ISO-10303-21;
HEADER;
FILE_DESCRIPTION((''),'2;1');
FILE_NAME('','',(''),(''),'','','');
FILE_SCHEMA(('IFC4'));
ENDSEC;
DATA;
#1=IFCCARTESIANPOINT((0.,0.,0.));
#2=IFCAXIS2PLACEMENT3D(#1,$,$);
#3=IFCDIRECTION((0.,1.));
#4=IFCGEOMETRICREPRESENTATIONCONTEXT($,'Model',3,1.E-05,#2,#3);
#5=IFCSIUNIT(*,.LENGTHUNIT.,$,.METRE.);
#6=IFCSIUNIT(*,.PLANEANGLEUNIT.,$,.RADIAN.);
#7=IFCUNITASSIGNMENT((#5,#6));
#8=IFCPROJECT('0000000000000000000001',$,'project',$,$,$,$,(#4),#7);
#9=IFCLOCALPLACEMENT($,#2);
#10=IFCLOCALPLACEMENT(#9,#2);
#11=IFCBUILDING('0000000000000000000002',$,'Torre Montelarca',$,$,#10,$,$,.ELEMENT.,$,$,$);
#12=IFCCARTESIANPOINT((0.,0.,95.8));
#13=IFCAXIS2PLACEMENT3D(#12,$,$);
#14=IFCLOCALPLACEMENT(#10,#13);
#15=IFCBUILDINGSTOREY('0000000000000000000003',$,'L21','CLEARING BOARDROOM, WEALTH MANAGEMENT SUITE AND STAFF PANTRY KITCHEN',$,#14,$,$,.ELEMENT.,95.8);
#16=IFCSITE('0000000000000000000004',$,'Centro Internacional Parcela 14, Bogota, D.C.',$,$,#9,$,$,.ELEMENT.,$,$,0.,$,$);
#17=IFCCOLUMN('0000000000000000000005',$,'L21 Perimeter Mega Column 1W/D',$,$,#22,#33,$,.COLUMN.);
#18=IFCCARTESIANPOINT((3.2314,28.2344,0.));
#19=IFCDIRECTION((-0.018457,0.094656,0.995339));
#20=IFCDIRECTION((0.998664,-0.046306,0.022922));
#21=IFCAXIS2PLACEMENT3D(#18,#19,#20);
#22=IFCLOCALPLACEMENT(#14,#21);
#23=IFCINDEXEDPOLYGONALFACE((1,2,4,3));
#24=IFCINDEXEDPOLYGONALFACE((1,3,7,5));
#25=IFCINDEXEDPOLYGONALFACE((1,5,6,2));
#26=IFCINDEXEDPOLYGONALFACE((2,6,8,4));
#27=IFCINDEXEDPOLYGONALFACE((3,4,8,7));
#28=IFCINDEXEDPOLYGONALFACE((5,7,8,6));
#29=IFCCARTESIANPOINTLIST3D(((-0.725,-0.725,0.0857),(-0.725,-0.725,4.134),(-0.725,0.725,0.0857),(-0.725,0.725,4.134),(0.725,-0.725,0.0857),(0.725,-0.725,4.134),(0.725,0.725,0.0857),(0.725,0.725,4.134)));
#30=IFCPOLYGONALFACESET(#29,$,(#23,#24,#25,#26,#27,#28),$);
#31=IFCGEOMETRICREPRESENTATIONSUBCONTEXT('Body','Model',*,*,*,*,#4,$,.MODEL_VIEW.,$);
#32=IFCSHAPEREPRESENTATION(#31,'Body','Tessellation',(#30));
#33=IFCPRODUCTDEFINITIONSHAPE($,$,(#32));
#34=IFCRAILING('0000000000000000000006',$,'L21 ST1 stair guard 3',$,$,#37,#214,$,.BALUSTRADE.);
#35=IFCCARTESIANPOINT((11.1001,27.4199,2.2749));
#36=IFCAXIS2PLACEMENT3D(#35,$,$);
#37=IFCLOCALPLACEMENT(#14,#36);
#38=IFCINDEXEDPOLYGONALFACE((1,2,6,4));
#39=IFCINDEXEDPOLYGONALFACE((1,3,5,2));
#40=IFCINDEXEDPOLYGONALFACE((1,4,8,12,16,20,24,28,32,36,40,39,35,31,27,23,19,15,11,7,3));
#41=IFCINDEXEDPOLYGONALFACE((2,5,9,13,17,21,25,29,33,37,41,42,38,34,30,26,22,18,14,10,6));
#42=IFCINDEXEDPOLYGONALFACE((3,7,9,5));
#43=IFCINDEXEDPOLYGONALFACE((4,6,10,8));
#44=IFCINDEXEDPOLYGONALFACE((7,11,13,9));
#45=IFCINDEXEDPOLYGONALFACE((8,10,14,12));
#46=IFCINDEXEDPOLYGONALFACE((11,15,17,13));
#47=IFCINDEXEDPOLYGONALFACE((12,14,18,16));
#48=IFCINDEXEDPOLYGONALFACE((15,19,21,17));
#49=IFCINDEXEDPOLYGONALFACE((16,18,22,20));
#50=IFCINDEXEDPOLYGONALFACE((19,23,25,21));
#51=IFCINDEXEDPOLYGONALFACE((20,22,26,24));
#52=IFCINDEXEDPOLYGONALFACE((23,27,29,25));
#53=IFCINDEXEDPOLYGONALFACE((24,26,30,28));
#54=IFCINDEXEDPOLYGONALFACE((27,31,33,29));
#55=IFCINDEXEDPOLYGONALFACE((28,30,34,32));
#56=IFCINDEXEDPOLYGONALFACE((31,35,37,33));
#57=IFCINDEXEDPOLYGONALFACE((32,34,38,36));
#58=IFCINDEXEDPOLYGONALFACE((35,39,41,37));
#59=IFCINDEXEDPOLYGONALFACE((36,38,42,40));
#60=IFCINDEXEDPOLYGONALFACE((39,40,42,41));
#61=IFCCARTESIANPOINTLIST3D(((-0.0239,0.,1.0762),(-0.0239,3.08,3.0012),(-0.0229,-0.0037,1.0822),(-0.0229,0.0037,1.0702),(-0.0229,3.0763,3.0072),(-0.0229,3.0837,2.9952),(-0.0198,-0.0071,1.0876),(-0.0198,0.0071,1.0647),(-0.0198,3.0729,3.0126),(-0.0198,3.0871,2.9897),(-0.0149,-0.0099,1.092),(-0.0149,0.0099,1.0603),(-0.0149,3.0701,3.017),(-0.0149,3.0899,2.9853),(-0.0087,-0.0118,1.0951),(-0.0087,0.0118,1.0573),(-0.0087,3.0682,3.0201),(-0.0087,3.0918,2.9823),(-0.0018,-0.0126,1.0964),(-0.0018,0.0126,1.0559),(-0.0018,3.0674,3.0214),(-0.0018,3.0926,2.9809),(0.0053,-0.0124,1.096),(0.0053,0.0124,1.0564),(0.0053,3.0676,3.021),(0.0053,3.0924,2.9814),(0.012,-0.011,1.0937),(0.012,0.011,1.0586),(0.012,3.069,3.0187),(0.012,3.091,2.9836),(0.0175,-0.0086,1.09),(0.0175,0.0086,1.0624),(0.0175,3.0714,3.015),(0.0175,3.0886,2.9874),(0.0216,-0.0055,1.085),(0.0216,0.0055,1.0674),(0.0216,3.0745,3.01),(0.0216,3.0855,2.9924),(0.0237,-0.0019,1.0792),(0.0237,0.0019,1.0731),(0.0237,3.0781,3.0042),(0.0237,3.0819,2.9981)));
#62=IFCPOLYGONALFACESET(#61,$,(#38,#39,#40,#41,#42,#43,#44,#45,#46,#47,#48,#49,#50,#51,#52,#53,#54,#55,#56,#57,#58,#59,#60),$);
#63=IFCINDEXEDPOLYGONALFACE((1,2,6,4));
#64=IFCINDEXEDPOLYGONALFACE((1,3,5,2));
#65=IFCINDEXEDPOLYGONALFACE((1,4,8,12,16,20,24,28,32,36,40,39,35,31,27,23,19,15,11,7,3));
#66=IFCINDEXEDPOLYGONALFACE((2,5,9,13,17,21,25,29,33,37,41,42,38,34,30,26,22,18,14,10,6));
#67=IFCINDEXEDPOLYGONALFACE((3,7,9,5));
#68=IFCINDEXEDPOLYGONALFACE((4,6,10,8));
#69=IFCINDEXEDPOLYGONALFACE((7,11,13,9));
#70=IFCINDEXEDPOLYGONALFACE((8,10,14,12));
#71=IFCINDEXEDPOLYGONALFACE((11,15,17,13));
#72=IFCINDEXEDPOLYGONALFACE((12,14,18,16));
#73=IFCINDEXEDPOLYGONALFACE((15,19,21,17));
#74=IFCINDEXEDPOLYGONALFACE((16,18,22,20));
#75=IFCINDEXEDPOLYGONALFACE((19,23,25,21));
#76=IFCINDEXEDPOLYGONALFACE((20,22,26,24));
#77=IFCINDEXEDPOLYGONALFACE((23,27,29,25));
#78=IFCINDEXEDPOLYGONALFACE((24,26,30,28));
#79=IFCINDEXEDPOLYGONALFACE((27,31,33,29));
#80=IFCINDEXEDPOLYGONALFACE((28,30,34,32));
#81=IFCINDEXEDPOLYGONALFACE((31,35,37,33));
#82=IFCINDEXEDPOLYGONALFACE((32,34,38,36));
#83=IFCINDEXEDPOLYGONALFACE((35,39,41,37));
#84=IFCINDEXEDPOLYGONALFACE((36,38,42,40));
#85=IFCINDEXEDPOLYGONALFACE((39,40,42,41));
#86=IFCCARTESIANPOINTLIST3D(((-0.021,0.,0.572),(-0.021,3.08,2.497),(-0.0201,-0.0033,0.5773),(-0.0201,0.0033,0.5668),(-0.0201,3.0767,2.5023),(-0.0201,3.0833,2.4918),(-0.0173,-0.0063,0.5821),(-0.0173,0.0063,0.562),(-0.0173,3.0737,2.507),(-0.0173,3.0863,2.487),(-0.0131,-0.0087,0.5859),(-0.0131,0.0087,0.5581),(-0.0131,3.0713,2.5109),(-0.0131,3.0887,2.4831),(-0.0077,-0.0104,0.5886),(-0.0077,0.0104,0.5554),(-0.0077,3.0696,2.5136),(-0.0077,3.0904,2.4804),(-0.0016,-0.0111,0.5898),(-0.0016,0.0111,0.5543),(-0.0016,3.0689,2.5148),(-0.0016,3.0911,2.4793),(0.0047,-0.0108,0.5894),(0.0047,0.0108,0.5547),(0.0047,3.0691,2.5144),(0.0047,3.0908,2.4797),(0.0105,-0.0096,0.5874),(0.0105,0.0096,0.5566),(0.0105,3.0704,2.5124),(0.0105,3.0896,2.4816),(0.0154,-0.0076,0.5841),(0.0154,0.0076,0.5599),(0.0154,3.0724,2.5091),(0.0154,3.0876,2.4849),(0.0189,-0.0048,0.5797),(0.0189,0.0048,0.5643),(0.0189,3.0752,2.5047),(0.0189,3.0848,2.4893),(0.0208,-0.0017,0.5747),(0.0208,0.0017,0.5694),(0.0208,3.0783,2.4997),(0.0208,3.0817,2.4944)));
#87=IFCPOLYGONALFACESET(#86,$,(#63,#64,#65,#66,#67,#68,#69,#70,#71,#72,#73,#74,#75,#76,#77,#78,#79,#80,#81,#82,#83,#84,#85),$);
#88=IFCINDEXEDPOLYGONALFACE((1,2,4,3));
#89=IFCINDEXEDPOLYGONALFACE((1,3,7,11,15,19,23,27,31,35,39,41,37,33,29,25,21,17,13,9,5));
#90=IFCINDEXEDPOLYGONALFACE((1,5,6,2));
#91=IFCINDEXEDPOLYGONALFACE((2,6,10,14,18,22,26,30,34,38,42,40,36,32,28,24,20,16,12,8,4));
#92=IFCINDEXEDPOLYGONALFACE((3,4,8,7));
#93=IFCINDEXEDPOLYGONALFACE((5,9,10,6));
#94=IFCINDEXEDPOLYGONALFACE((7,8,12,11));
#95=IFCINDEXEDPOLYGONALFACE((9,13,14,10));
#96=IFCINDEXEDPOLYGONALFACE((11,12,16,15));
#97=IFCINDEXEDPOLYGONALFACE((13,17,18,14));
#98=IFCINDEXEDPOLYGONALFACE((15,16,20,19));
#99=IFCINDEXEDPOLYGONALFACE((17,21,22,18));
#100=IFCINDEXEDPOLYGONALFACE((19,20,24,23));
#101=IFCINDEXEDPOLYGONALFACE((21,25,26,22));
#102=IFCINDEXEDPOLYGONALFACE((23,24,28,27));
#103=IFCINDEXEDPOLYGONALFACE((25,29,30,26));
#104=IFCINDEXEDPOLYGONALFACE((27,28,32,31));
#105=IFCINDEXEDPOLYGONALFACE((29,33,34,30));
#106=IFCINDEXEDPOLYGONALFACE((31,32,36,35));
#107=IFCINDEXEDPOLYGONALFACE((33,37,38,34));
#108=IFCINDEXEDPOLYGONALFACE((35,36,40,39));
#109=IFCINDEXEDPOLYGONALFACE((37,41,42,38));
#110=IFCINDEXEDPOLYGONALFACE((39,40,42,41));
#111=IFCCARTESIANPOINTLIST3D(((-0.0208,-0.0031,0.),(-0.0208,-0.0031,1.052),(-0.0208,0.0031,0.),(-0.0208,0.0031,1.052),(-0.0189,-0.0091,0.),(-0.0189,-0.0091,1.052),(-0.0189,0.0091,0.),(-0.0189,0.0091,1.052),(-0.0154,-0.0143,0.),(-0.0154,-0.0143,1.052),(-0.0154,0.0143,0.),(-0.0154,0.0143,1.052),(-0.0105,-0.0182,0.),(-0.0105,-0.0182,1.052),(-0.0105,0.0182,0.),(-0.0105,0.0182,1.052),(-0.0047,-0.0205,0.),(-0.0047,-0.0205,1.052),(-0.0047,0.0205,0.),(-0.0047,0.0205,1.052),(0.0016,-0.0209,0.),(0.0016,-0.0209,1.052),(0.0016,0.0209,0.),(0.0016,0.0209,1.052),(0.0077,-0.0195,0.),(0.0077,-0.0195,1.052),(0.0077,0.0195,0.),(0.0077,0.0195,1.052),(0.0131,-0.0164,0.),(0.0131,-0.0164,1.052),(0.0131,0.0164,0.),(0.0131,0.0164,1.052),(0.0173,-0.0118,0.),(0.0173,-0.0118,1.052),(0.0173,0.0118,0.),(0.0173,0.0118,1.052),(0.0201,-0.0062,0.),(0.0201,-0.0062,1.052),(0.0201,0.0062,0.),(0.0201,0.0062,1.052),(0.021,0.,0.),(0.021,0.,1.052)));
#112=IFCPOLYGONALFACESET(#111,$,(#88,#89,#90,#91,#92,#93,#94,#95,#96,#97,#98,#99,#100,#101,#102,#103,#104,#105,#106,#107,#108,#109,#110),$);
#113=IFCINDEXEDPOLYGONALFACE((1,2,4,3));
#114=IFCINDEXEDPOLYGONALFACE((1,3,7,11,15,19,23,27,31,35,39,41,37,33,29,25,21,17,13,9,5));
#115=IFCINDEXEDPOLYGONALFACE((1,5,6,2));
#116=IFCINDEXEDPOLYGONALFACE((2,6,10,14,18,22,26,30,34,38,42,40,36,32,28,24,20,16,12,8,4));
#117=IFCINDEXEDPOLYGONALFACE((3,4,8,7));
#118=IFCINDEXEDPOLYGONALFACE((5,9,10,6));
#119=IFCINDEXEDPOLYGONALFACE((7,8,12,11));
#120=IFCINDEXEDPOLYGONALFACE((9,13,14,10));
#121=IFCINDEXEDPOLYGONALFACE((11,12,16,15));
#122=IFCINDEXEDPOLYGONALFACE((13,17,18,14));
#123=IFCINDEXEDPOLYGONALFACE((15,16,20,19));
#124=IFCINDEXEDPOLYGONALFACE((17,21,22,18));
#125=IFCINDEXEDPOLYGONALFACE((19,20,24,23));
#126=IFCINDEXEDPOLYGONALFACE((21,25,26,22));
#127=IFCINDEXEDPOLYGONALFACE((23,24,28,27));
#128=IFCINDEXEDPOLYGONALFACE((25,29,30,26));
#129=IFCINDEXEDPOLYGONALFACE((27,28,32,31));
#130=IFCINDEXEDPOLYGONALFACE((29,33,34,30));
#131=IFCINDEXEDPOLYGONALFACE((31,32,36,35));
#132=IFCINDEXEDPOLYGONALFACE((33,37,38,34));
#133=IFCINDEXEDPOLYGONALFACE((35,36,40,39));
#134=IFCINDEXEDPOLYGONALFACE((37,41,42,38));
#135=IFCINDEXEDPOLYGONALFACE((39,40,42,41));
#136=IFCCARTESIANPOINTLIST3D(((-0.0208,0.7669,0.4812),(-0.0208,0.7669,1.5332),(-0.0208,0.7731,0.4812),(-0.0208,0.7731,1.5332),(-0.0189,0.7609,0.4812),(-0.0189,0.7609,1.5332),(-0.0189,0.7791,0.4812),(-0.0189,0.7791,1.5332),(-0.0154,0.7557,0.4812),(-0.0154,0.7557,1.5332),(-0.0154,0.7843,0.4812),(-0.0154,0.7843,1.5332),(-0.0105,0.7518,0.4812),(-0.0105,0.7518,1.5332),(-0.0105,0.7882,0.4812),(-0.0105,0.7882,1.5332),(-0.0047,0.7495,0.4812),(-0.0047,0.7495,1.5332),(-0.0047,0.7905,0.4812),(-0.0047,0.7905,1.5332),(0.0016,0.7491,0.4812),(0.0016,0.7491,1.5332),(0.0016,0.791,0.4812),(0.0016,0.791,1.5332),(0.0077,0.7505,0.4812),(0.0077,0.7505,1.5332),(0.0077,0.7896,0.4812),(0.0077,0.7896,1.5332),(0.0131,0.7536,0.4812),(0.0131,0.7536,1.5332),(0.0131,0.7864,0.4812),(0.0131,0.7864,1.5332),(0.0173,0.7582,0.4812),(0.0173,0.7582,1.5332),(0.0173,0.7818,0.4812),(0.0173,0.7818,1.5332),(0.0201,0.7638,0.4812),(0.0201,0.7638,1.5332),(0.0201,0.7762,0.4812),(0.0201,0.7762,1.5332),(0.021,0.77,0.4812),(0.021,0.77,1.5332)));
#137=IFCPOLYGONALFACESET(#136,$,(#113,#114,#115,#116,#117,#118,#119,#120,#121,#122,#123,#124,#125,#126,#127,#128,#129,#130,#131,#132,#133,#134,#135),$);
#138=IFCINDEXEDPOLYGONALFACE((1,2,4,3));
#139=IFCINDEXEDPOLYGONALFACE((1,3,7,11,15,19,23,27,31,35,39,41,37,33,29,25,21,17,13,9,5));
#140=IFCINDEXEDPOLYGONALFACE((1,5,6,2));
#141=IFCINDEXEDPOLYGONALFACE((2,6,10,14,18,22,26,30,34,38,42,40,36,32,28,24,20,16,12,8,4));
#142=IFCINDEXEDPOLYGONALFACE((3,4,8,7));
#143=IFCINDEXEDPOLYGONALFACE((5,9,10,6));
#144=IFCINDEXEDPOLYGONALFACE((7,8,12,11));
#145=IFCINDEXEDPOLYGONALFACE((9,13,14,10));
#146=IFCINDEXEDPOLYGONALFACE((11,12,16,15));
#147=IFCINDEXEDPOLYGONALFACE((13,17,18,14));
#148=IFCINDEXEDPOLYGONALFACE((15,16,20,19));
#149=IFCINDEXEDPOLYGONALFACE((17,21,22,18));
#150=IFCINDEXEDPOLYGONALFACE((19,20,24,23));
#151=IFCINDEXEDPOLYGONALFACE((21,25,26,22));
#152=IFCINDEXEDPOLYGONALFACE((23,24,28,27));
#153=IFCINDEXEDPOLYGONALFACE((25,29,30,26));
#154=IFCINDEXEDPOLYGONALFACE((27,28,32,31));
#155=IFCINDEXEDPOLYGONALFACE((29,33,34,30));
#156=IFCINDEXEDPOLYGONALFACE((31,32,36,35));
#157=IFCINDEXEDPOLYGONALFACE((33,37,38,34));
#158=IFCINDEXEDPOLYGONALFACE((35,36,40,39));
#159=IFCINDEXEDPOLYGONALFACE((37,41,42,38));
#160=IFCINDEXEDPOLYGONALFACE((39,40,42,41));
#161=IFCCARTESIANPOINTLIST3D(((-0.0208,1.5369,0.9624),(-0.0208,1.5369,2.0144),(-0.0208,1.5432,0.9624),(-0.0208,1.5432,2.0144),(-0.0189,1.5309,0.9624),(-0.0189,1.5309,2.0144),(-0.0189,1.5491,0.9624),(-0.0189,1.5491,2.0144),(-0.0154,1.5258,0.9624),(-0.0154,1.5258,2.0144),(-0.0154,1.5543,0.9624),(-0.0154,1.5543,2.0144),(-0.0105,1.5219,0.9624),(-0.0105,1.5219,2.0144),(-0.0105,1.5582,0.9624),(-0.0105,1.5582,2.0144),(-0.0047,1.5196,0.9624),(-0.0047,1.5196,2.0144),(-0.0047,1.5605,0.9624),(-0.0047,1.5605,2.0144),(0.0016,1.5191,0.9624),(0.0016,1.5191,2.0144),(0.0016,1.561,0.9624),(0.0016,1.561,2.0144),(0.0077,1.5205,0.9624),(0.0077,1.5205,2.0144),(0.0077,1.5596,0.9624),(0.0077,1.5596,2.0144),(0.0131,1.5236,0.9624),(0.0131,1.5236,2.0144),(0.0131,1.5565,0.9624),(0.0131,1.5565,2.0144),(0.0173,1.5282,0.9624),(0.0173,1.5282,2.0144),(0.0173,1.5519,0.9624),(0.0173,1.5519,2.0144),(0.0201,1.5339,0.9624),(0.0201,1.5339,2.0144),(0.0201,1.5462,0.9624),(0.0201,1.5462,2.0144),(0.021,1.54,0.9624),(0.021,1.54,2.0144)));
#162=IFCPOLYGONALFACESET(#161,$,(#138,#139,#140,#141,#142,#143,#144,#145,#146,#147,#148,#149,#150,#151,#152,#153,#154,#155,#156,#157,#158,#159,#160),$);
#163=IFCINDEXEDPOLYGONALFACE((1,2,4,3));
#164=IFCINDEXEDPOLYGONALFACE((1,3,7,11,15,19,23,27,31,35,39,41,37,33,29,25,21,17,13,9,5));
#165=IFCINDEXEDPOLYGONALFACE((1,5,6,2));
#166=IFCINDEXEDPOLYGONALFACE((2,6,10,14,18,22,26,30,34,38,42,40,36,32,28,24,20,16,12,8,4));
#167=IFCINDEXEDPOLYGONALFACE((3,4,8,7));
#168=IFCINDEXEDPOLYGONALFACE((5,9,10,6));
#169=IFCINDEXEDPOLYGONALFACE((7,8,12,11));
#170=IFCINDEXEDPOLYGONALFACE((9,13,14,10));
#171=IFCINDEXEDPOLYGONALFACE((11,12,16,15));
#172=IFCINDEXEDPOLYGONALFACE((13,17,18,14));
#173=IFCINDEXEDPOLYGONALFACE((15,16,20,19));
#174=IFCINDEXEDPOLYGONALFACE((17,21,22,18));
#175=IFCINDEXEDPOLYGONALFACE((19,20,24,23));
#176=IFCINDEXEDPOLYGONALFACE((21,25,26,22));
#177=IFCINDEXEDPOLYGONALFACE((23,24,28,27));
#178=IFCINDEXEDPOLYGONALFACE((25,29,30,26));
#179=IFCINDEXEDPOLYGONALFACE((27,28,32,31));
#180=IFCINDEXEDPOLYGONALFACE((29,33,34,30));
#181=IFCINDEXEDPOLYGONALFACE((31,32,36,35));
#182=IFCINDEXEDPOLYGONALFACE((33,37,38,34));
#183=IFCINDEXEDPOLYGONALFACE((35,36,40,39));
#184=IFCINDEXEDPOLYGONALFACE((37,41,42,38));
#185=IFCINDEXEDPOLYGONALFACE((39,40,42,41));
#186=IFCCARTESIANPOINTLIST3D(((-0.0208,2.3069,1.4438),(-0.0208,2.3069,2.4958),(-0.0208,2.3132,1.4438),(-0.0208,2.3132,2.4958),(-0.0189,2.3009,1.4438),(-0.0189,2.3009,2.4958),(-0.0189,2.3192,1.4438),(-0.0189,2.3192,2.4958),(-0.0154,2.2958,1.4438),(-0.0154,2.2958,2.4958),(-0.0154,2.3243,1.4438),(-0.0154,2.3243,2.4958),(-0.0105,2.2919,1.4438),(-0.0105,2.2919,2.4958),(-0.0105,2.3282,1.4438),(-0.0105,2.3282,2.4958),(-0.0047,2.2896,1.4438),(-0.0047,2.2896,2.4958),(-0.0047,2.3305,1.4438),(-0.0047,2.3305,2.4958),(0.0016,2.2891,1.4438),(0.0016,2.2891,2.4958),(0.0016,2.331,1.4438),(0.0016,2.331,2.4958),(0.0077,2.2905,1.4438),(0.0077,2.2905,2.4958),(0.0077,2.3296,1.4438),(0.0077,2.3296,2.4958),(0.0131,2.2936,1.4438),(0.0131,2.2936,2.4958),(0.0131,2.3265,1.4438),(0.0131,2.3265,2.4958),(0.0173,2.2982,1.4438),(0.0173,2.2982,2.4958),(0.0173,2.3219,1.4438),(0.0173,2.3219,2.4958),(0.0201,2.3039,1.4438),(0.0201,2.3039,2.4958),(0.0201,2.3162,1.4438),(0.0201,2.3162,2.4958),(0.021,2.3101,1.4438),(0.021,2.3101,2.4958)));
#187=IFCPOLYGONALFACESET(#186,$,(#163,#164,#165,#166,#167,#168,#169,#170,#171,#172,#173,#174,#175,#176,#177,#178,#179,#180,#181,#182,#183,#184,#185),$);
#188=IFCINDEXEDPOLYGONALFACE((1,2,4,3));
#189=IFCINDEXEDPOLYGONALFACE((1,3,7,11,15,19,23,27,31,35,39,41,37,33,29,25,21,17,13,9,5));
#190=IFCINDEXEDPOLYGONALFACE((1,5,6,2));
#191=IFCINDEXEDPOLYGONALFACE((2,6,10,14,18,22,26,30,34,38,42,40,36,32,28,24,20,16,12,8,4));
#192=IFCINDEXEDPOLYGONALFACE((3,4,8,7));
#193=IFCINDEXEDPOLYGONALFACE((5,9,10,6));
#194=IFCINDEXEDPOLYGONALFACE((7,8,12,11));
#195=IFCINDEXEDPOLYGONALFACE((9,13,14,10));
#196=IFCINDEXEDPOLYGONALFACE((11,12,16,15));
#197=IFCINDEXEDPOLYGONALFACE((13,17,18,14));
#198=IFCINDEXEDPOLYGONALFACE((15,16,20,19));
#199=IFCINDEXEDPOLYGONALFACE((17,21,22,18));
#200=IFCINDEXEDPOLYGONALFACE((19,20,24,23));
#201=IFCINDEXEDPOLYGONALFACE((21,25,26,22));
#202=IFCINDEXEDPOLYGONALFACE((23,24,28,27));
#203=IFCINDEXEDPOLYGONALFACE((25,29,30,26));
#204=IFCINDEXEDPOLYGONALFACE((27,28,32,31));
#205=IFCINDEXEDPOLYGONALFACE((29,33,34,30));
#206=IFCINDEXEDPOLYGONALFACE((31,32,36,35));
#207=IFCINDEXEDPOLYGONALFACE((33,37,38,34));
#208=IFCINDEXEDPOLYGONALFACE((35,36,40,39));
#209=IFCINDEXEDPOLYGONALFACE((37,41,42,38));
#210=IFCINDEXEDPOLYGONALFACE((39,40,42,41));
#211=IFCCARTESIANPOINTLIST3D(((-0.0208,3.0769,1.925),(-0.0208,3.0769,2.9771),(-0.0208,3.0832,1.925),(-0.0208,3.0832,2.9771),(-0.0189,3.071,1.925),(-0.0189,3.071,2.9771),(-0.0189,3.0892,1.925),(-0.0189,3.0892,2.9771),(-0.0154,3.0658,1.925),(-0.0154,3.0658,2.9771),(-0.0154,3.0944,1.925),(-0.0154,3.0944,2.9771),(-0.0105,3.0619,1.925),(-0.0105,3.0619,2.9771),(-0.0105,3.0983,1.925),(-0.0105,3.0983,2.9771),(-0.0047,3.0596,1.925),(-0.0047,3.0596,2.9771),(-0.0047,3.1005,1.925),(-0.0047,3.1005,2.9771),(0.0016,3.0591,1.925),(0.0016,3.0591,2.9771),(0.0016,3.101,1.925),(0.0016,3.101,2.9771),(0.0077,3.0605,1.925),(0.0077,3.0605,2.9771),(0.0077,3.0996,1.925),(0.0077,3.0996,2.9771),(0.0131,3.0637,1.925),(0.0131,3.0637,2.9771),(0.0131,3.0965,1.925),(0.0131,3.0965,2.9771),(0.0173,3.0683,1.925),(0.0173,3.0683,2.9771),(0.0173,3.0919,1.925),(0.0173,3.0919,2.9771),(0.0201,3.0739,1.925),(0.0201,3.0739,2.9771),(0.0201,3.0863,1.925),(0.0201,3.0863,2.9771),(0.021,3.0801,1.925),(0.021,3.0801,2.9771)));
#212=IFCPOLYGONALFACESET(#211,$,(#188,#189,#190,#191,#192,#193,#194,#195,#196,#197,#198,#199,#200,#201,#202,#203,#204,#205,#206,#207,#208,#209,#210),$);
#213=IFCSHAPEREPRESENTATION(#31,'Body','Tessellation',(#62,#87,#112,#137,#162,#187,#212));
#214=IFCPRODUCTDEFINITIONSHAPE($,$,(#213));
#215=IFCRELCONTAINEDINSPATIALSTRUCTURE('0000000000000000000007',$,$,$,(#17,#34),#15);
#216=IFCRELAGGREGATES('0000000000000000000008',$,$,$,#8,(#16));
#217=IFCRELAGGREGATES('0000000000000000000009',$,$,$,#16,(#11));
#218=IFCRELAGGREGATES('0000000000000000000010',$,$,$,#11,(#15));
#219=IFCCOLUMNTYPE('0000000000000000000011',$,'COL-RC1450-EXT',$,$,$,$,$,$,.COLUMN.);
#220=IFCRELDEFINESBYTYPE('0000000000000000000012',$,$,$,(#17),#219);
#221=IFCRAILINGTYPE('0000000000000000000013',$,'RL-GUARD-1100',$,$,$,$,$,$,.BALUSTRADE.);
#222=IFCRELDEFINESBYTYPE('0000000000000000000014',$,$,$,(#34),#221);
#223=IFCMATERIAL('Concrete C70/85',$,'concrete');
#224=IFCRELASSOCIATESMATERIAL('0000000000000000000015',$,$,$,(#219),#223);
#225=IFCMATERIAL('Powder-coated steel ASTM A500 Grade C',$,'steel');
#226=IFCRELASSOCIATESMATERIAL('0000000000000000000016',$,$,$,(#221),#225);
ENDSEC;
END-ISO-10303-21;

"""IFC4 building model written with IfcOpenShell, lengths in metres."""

from ifc_helpers import new_model, si_unit, direction, frame, origin, origin_2d, place, context, subcontext, project, spatial, rectangle, circle, extrude, clip, halfspace, material, material_profile, profile_set, type_object, element, save


model = new_model("IFC4")

# Units and contexts
model_context = context("Model", 3, precision=1e-05, world=origin(), true_north=direction((0.0, 1.0)))
body_context = subcontext(model_context, "Body", "Model", "MODEL_VIEW")
ifc_project = project(units=[si_unit("LENGTHUNIT", "METRE"), si_unit("PLANEANGLEUNIT", "RADIAN")], contexts=[model_context])

# Site, building, storey
site_placement = place(None, origin())
site = spatial("IfcSite", under=ifc_project, at=site_placement, Name="Centro Internacional Parcela 14, Bogota, D.C.", CompositionType="ELEMENT", RefElevation=0.0)
building_placement = place(site_placement, origin())
building = spatial("IfcBuilding", under=site, at=building_placement, Name="Torre Montelarca", CompositionType="ELEMENT")
storey_placement = place(building_placement, frame((0.0, 0.0, 95.8)))
storey = spatial("IfcBuildingStorey", under=building, at=storey_placement, Name="L21", Description="CLEARING BOARDROOM, WEALTH MANAGEMENT SUITE AND STAFF PANTRY KITCHEN", CompositionType="ELEMENT", Elevation=95.8)

# Column
ifc_material_1 = material(Name="Concrete C70/85", Category="concrete")
ifc_material_profile_1 = material_profile(ifc_material_1, rectangle(XDim=1.45, YDim=1.45, at=origin_2d()), Name="RC1450X1450", Category="concrete")
ifc_profile_set_1 = profile_set([ifc_material_profile_1], Name="Concrete C70/85")
column_type_1 = type_object("IfcColumnType", Name="COL-RC1450-EXT", PredefinedType="COLUMN", material=ifc_profile_set_1)
column_1_placement = place(storey_placement, frame((3.2314, 28.2344, 0.0), z_axis=(-0.018457, 0.094656, 0.995339), x_axis=(0.998664, -0.046306, 0.022922)))
element("IfcColumn", 1, at=column_1_placement, inside=storey, type_object=column_type_1, Name="L21 Perimeter Mega Column 1W/D", PredefinedType="COLUMN", context=body_context, shape_type="Clipping", body=[
    clip(clip(extrude(rectangle(XDim=1.45, YDim=1.45, at=origin_2d()), origin(), (0.0, 0.0, 1.0), 4.2197), halfspace(frame((0.0, 0.0, 0.0857), z_axis=(0.0, 0.0, -1.0), x_axis=(1.0, 0.0, 0.0)), False)), halfspace(frame((0.0, 0.0, 4.134), z_axis=(0.0, 0.0, 1.0), x_axis=(1.0, 0.0, 0.0)), False)),
])

# Railing
ifc_material_2 = material(Name="Powder-coated steel ASTM A500 Grade C", Category="steel")
railing_type_1 = type_object("IfcRailingType", Name="RL-GUARD-1100", PredefinedType="BALUSTRADE", material=ifc_material_2)
railing_1_placement = place(storey_placement, frame((11.1001, 27.4199, 2.2749)))
element("IfcRailing", 2, at=railing_1_placement, inside=storey, type_object=railing_type_1, Name="L21 ST1 stair guard 3", PredefinedType="BALUSTRADE", context=body_context, shape_type="SweptSolid", body=[
    extrude(circle(Radius=0.0239, at=origin_2d()), frame((0.0, 0.0, 1.0762), z_axis=(0.0, 0.847998, 0.529999), x_axis=(-1.0, 0.0, 0.0)), (0.0, 0.0, 1.0), 3.6321),
    extrude(circle(Radius=0.021, at=origin_2d()), frame((0.0, 0.0, 0.572), z_axis=(0.0, 0.847998, 0.529999), x_axis=(-1.0, 0.0, 0.0)), (0.0, 0.0, 1.0), 3.6321),
    extrude(circle(Radius=0.021, at=origin_2d()), origin(), (0.0, 0.0, 1.0), 1.052),
    extrude(circle(Radius=0.021, at=origin_2d()), frame((0.0, 0.77, 0.4812)), (0.0, 0.0, 1.0), 1.052),
    extrude(circle(Radius=0.021, at=origin_2d()), frame((0.0, 1.54, 0.9624)), (0.0, 0.0, 1.0), 1.052),
    extrude(circle(Radius=0.021, at=origin_2d()), frame((0.0, 2.3101, 1.4438)), (0.0, 0.0, 1.0), 1.052),
    extrude(circle(Radius=0.021, at=origin_2d()), frame((0.0, 3.0801, 1.925)), (0.0, 0.0, 1.0), 1.052),
])

save(model, "model.ifc")
